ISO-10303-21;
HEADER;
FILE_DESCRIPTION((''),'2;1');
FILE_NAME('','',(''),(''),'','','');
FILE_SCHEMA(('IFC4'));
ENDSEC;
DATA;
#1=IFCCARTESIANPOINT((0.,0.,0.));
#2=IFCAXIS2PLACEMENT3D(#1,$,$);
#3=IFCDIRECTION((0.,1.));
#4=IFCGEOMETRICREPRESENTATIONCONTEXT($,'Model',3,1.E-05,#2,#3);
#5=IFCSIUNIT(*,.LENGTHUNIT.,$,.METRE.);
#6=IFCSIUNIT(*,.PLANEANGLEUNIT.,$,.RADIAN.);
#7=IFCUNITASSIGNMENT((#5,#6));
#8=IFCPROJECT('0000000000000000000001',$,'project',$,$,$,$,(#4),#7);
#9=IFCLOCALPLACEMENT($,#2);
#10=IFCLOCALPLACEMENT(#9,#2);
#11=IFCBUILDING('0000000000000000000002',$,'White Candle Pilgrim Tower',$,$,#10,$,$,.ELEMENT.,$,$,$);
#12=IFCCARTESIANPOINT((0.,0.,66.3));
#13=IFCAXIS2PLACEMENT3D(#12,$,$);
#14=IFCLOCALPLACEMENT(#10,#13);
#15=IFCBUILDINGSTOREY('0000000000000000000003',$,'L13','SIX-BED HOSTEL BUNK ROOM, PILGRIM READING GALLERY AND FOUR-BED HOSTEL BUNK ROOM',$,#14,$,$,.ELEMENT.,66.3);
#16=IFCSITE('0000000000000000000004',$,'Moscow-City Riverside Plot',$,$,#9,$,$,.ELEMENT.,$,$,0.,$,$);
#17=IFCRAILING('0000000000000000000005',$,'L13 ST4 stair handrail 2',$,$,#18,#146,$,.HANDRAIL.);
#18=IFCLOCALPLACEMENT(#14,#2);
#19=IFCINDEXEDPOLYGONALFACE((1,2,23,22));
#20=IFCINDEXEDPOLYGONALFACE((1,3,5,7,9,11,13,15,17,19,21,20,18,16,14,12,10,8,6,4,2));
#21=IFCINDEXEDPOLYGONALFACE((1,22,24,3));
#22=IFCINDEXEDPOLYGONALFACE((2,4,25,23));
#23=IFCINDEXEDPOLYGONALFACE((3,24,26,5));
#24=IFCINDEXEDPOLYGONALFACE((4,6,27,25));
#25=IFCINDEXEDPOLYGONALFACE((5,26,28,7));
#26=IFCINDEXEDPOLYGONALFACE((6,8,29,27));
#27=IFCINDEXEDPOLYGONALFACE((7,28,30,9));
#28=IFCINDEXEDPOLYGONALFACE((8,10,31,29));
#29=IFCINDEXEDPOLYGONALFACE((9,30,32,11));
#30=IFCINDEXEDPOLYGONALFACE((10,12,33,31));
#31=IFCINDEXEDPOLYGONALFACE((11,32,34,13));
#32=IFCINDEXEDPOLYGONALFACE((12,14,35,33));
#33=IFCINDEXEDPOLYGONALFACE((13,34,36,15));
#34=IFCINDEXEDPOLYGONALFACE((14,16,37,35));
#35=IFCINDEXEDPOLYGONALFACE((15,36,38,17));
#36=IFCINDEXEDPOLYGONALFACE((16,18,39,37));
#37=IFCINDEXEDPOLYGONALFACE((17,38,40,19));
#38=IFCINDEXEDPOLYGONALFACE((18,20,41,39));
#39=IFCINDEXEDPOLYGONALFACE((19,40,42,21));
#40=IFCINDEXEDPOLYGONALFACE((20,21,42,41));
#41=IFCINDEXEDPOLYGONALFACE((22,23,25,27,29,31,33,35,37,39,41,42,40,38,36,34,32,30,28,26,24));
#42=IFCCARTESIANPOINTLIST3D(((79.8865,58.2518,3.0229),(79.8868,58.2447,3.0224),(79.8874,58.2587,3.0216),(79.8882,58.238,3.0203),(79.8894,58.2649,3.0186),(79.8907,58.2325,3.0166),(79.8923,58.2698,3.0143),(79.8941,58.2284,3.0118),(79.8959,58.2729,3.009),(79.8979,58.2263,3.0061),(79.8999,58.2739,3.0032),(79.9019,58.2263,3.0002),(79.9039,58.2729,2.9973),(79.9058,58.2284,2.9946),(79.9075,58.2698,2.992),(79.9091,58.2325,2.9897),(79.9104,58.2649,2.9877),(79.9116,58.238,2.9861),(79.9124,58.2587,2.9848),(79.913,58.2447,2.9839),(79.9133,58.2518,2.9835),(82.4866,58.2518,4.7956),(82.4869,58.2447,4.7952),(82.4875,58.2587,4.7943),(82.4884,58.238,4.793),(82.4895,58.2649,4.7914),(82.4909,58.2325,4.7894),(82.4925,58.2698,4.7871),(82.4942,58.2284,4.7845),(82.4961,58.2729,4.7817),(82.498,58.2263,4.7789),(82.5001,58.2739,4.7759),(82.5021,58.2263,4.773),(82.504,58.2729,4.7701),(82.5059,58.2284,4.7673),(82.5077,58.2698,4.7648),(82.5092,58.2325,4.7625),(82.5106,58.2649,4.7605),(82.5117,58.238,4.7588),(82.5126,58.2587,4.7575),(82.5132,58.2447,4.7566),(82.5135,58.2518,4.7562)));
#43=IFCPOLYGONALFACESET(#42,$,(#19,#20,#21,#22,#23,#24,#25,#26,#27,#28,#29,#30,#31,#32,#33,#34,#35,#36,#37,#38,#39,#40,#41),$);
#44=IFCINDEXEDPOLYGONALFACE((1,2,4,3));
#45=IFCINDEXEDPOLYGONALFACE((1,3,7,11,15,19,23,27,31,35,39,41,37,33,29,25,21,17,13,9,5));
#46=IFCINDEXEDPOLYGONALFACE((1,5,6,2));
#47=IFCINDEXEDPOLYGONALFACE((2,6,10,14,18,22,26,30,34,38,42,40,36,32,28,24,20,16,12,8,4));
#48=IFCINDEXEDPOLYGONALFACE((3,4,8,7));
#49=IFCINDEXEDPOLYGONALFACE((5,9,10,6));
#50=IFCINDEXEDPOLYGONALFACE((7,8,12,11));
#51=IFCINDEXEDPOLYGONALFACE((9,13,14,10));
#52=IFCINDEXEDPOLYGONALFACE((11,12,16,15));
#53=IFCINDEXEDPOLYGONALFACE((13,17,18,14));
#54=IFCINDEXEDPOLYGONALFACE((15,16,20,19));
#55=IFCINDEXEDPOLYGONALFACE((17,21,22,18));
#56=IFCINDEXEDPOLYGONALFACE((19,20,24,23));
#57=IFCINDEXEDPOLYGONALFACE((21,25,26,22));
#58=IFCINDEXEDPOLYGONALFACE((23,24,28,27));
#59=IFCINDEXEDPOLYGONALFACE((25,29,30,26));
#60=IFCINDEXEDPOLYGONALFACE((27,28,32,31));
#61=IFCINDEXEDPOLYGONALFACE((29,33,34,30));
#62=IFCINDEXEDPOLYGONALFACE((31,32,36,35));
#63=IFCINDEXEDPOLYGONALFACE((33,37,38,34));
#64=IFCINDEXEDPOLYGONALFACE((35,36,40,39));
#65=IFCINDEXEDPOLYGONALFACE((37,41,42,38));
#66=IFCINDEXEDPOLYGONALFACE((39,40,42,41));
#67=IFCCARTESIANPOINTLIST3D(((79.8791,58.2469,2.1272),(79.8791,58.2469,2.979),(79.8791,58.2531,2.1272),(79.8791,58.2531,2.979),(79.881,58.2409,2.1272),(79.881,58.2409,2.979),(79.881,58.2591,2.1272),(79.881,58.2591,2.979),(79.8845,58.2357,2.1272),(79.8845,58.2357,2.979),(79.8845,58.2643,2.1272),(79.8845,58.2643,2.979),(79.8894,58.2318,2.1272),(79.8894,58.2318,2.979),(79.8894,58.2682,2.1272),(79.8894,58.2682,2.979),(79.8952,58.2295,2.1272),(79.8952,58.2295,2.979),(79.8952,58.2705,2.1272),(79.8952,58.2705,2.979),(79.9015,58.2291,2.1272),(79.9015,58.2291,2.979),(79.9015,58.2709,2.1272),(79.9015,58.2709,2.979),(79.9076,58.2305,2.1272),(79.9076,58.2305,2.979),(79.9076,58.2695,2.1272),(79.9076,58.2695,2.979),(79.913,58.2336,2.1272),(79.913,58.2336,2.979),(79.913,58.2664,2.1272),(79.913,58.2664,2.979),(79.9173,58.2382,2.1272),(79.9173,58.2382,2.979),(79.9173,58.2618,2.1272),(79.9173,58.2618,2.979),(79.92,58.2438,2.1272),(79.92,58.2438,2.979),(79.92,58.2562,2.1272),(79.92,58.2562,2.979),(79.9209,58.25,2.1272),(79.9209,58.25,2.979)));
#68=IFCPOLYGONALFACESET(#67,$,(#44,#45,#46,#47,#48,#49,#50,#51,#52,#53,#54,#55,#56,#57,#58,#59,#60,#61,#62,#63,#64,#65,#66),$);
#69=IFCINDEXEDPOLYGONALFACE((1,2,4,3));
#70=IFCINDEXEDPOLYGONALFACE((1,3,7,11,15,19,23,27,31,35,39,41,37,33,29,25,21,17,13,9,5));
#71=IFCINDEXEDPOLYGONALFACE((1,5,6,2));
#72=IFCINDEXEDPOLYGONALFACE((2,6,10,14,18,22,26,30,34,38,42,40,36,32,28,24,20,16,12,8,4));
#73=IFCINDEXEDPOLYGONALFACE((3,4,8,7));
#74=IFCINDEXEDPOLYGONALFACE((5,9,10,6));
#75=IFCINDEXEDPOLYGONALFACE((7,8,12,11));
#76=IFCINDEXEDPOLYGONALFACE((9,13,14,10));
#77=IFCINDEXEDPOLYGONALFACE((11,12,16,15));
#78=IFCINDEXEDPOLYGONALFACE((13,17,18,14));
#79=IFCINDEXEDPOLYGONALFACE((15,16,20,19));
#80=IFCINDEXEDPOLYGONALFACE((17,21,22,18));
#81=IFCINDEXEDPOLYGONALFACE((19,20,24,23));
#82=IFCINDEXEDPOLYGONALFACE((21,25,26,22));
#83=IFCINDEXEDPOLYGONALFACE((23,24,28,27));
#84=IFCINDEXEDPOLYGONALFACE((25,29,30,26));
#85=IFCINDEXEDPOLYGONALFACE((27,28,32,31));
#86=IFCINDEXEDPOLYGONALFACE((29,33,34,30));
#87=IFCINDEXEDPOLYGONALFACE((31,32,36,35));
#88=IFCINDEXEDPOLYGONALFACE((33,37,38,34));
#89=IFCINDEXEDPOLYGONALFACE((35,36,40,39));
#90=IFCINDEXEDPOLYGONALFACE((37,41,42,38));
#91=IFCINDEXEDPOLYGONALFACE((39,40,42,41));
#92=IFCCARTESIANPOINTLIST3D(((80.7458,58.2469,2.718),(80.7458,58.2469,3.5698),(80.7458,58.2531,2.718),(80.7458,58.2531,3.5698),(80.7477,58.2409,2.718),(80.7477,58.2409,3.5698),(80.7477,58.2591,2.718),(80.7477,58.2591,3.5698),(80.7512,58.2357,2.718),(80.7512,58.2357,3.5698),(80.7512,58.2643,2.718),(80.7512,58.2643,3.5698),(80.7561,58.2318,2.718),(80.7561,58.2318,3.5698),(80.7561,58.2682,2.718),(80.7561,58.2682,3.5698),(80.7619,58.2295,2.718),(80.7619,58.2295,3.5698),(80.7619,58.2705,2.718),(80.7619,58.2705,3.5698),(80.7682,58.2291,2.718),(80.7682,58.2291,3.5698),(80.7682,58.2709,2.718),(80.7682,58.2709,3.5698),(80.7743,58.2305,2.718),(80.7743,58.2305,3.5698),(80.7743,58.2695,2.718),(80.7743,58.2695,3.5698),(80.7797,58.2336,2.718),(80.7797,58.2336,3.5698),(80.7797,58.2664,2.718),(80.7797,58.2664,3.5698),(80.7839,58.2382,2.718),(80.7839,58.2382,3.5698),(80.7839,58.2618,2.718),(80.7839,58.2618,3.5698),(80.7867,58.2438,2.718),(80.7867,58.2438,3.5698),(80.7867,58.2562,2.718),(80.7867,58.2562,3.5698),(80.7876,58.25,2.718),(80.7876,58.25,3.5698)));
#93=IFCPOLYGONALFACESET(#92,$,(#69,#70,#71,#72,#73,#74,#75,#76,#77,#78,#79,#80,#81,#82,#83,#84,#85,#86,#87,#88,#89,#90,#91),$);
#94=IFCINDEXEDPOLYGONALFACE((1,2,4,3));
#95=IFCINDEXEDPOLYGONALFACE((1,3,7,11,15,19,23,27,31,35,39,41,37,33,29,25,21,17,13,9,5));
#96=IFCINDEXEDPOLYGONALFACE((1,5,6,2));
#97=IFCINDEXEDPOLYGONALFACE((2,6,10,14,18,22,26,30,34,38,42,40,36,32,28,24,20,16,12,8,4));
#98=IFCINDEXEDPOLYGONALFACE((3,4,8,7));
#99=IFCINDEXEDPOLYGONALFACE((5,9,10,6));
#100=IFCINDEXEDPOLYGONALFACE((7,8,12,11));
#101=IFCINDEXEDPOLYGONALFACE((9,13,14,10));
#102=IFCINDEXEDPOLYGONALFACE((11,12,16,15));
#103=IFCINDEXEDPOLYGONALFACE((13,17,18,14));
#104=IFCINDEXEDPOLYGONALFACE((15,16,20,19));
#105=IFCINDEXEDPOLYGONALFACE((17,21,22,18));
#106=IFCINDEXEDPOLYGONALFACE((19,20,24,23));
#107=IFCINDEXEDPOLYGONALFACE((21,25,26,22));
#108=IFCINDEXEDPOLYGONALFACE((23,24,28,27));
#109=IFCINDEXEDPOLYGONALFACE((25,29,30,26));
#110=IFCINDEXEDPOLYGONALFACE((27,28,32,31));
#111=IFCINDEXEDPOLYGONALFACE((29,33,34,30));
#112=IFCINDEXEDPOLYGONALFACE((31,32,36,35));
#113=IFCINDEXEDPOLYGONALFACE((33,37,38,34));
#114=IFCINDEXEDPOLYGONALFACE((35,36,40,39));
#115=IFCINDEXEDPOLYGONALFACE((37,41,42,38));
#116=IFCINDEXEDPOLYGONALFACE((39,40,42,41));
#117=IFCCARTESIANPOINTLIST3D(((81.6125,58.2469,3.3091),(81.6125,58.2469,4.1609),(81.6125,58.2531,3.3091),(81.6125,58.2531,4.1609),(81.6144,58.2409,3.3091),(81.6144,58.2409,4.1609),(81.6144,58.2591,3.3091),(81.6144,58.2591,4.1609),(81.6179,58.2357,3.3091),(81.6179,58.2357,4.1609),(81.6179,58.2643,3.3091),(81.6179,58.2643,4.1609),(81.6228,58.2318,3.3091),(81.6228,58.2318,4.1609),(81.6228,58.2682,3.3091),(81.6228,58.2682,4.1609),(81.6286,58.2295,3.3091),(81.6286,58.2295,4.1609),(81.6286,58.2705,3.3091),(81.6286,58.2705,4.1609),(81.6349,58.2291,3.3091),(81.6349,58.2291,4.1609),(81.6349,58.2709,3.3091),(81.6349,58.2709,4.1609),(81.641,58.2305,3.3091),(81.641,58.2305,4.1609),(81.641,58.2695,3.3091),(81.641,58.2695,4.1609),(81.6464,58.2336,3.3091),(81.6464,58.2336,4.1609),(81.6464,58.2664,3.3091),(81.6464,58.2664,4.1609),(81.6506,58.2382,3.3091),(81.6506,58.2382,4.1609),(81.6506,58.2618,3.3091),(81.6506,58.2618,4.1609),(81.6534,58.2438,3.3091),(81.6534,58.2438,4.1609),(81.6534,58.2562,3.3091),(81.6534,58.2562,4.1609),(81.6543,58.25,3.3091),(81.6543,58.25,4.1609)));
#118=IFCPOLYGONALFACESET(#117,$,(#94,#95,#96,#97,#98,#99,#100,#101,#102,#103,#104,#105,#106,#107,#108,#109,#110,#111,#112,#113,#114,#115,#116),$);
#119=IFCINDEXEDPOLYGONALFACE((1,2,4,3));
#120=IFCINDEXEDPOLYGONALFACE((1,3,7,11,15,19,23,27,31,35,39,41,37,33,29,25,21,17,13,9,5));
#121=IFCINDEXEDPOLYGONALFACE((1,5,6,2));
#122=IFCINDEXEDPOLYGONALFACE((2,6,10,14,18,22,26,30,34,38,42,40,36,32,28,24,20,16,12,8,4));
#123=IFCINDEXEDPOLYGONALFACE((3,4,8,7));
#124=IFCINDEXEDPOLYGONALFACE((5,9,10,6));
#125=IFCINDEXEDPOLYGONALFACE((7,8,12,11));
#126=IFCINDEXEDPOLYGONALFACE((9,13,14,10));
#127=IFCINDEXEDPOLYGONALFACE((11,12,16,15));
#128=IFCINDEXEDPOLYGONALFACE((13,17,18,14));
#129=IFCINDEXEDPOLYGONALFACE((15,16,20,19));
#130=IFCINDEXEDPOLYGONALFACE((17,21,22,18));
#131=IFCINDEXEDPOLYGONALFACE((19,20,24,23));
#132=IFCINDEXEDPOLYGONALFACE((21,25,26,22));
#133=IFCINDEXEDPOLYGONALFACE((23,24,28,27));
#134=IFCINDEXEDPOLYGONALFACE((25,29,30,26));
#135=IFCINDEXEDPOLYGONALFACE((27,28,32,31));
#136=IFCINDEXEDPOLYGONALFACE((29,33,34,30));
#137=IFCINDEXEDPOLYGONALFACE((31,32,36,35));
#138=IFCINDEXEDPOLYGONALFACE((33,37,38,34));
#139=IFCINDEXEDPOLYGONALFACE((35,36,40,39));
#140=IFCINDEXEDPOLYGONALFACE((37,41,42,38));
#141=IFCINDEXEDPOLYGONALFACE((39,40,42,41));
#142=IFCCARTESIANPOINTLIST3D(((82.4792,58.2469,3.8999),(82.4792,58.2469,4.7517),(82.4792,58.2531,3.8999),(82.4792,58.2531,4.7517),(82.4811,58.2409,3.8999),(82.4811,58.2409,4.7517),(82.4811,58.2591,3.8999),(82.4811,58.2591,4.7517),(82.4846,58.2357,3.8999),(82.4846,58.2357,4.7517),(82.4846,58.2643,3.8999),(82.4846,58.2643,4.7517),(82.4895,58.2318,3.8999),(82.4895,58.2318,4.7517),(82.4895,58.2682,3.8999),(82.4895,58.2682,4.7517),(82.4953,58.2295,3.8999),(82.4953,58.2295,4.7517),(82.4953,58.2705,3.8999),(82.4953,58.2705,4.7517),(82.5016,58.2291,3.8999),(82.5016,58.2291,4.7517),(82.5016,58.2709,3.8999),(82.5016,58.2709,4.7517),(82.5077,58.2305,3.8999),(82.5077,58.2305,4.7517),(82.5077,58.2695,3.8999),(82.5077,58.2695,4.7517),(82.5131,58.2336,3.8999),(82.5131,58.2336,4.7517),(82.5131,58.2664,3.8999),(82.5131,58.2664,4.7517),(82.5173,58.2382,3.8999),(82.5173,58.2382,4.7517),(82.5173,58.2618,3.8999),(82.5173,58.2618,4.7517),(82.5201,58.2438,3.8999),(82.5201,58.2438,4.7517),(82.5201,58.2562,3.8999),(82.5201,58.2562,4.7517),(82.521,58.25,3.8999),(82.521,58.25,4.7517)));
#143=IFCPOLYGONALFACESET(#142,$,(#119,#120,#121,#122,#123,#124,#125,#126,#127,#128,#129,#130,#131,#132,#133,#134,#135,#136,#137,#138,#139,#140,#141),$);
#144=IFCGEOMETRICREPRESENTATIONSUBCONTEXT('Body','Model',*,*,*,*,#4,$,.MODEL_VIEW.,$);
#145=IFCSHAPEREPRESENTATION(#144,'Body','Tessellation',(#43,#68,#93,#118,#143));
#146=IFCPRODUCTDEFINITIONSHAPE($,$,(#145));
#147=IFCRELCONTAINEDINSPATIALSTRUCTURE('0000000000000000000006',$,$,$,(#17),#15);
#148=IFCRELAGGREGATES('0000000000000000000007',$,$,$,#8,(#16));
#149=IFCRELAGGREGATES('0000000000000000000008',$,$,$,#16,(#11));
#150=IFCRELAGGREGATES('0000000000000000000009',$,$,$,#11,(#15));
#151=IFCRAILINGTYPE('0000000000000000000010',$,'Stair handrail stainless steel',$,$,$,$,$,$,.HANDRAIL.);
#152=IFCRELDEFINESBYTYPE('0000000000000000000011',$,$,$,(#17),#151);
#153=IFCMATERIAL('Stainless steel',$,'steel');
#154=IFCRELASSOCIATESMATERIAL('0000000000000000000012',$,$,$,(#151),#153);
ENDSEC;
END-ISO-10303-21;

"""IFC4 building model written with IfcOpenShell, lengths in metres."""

from ifc_helpers import new_model, si_unit, direction, frame, origin, origin_2d, place, context, subcontext, project, spatial, circle, extrude, material, type_object, element, save


model = new_model("IFC4")

# Units and contexts
model_context = context("Model", 3, precision=1e-05, world=origin(), true_north=direction((0.0, 1.0)))
body_context = subcontext(model_context, "Body", "Model", "MODEL_VIEW")
ifc_project = project(units=[si_unit("LENGTHUNIT", "METRE"), si_unit("PLANEANGLEUNIT", "RADIAN")], contexts=[model_context])

# Site, building, storey
site_placement = place(None, origin())
site = spatial("IfcSite", under=ifc_project, at=site_placement, Name="Moscow-City Riverside Plot", CompositionType="ELEMENT", RefElevation=0.0)
building_placement = place(site_placement, origin())
building = spatial("IfcBuilding", under=site, at=building_placement, Name="White Candle Pilgrim Tower", CompositionType="ELEMENT")
storey_placement = place(building_placement, frame((0.0, 0.0, 66.3)))
storey = spatial("IfcBuildingStorey", under=building, at=storey_placement, Name="L13", Description="SIX-BED HOSTEL BUNK ROOM, PILGRIM READING GALLERY AND FOUR-BED HOSTEL BUNK ROOM", CompositionType="ELEMENT", Elevation=66.3)

# Railing
ifc_material_1 = material(Name="Stainless steel", Category="steel")
railing_type_1 = type_object("IfcRailingType", Name="Stair handrail stainless steel", PredefinedType="HANDRAIL", material=ifc_material_1)
railing_1_placement = place(storey_placement, frame((79.8999, 58.25, 2.1272)))
element("IfcRailing", 1, at=railing_1_placement, inside=storey, type_object=railing_type_1, Name="L13 ST4 stair handrail 2", PredefinedType="HANDRAIL", context=body_context, shape_type="SweptSolid", body=[
    extrude(circle(Radius=0.0239, at=origin_2d()), frame((0.0, 0.0, 0.876), z_axis=(0.82624, 0.0, 0.563318), x_axis=(0.0, 1.0, 0.0)), (0.0, 0.0, 1.0), 3.147),
    extrude(circle(Radius=0.021, at=origin_2d()), origin(), (0.0, 0.0, 1.0), 0.8518),
    extrude(circle(Radius=0.021, at=origin_2d()), frame((0.8667, 0.0, 0.5908)), (0.0, 0.0, 1.0), 0.8518),
    extrude(circle(Radius=0.021, at=origin_2d()), frame((1.7334, 0.0, 1.1819)), (0.0, 0.0, 1.0), 0.8518),
    extrude(circle(Radius=0.021, at=origin_2d()), frame((2.6001, 0.0, 1.7727)), (0.0, 0.0, 1.0), 0.8518),
])

save(model, "model.ifc")
